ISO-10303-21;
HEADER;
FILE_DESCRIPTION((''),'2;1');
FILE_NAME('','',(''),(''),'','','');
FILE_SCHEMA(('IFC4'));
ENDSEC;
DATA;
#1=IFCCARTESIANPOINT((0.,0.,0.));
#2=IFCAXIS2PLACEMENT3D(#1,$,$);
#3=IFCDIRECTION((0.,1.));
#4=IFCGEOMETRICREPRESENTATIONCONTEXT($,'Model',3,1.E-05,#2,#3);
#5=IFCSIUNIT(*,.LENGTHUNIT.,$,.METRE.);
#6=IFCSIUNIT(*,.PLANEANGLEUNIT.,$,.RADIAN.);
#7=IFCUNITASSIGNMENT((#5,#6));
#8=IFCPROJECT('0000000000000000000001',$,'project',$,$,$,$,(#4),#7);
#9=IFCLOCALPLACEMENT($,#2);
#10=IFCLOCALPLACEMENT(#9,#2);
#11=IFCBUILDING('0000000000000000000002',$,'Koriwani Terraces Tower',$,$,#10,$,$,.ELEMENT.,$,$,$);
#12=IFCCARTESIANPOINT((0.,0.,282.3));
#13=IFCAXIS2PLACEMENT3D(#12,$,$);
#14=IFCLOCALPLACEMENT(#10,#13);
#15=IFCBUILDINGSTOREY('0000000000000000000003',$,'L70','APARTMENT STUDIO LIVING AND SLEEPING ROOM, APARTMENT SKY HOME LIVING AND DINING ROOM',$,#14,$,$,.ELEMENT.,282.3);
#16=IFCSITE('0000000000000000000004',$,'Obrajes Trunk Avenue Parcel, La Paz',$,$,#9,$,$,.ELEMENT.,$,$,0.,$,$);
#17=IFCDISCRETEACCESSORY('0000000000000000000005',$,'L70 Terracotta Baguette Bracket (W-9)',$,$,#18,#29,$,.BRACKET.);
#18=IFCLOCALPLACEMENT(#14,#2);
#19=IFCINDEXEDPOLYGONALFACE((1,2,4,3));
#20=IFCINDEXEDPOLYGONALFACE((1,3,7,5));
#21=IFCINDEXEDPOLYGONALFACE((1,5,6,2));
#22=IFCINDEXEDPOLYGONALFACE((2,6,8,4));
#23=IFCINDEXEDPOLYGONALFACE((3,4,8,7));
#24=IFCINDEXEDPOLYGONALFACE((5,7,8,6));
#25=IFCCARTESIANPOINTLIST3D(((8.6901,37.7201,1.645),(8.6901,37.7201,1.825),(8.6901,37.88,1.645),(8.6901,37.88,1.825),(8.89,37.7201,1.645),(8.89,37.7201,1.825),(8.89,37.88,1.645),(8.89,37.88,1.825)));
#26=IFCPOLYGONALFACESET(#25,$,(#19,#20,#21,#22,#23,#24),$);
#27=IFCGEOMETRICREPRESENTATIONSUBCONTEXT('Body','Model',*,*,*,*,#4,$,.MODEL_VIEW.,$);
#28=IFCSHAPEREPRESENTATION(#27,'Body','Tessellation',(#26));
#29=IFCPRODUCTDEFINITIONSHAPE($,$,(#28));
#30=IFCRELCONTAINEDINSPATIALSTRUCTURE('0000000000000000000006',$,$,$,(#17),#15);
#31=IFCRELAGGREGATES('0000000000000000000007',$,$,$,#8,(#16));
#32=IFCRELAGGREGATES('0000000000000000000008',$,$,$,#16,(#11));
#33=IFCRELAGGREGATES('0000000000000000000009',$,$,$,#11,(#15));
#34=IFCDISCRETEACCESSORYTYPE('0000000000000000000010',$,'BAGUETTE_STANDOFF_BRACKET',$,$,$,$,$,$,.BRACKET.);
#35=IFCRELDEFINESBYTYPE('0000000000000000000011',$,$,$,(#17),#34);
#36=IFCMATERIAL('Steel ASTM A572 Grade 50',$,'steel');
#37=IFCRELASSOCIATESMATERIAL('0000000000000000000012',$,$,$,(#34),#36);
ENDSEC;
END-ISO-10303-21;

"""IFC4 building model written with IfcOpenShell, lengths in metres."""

from ifc_helpers import new_model, si_unit, direction, frame, origin, origin_2d, place, context, subcontext, project, spatial, rectangle, extrude, material, type_object, element, save


model = new_model("IFC4")

# Units and contexts
model_context = context("Model", 3, precision=1e-05, world=origin(), true_north=direction((0.0, 1.0)))
body_context = subcontext(model_context, "Body", "Model", "MODEL_VIEW")
ifc_project = project(units=[si_unit("LENGTHUNIT", "METRE"), si_unit("PLANEANGLEUNIT", "RADIAN")], contexts=[model_context])

# Site, building, storey
site_placement = place(None, origin())
site = spatial("IfcSite", under=ifc_project, at=site_placement, Name="Obrajes Trunk Avenue Parcel, La Paz", CompositionType="ELEMENT", RefElevation=0.0)
building_placement = place(site_placement, origin())
building = spatial("IfcBuilding", under=site, at=building_placement, Name="Koriwani Terraces Tower", CompositionType="ELEMENT")
storey_placement = place(building_placement, frame((0.0, 0.0, 282.3)))
storey = spatial("IfcBuildingStorey", under=building, at=storey_placement, Name="L70", Description="APARTMENT STUDIO LIVING AND SLEEPING ROOM, APARTMENT SKY HOME LIVING AND DINING ROOM", CompositionType="ELEMENT", Elevation=282.3)

# Shared definitions
ifc_material_1 = material(Name="Steel ASTM A572 Grade 50", Category="steel")

# Discrete accessory
discrete_accessory_type = type_object("IfcDiscreteAccessoryType", Name="BAGUETTE_STANDOFF_BRACKET", PredefinedType="BRACKET", material=ifc_material_1)
discrete_accessory_placement = place(storey_placement, frame((8.79, 37.8, 1.645), z_axis=(0.0, 0.0, 1.0), x_axis=(0.0, 1.0, 0.0)))
element("IfcDiscreteAccessory", 1, at=discrete_accessory_placement, inside=storey, type_object=discrete_accessory_type, Name="L70 Terracotta Baguette Bracket (W-9)", PredefinedType="BRACKET", context=body_context, shape_type="SweptSolid", body=[
    extrude(rectangle(XDim=0.1599, YDim=0.2, at=origin_2d()), origin(), (0.0, 0.0, 1.0), 0.1799),
])

save(model, "model.ifc")
